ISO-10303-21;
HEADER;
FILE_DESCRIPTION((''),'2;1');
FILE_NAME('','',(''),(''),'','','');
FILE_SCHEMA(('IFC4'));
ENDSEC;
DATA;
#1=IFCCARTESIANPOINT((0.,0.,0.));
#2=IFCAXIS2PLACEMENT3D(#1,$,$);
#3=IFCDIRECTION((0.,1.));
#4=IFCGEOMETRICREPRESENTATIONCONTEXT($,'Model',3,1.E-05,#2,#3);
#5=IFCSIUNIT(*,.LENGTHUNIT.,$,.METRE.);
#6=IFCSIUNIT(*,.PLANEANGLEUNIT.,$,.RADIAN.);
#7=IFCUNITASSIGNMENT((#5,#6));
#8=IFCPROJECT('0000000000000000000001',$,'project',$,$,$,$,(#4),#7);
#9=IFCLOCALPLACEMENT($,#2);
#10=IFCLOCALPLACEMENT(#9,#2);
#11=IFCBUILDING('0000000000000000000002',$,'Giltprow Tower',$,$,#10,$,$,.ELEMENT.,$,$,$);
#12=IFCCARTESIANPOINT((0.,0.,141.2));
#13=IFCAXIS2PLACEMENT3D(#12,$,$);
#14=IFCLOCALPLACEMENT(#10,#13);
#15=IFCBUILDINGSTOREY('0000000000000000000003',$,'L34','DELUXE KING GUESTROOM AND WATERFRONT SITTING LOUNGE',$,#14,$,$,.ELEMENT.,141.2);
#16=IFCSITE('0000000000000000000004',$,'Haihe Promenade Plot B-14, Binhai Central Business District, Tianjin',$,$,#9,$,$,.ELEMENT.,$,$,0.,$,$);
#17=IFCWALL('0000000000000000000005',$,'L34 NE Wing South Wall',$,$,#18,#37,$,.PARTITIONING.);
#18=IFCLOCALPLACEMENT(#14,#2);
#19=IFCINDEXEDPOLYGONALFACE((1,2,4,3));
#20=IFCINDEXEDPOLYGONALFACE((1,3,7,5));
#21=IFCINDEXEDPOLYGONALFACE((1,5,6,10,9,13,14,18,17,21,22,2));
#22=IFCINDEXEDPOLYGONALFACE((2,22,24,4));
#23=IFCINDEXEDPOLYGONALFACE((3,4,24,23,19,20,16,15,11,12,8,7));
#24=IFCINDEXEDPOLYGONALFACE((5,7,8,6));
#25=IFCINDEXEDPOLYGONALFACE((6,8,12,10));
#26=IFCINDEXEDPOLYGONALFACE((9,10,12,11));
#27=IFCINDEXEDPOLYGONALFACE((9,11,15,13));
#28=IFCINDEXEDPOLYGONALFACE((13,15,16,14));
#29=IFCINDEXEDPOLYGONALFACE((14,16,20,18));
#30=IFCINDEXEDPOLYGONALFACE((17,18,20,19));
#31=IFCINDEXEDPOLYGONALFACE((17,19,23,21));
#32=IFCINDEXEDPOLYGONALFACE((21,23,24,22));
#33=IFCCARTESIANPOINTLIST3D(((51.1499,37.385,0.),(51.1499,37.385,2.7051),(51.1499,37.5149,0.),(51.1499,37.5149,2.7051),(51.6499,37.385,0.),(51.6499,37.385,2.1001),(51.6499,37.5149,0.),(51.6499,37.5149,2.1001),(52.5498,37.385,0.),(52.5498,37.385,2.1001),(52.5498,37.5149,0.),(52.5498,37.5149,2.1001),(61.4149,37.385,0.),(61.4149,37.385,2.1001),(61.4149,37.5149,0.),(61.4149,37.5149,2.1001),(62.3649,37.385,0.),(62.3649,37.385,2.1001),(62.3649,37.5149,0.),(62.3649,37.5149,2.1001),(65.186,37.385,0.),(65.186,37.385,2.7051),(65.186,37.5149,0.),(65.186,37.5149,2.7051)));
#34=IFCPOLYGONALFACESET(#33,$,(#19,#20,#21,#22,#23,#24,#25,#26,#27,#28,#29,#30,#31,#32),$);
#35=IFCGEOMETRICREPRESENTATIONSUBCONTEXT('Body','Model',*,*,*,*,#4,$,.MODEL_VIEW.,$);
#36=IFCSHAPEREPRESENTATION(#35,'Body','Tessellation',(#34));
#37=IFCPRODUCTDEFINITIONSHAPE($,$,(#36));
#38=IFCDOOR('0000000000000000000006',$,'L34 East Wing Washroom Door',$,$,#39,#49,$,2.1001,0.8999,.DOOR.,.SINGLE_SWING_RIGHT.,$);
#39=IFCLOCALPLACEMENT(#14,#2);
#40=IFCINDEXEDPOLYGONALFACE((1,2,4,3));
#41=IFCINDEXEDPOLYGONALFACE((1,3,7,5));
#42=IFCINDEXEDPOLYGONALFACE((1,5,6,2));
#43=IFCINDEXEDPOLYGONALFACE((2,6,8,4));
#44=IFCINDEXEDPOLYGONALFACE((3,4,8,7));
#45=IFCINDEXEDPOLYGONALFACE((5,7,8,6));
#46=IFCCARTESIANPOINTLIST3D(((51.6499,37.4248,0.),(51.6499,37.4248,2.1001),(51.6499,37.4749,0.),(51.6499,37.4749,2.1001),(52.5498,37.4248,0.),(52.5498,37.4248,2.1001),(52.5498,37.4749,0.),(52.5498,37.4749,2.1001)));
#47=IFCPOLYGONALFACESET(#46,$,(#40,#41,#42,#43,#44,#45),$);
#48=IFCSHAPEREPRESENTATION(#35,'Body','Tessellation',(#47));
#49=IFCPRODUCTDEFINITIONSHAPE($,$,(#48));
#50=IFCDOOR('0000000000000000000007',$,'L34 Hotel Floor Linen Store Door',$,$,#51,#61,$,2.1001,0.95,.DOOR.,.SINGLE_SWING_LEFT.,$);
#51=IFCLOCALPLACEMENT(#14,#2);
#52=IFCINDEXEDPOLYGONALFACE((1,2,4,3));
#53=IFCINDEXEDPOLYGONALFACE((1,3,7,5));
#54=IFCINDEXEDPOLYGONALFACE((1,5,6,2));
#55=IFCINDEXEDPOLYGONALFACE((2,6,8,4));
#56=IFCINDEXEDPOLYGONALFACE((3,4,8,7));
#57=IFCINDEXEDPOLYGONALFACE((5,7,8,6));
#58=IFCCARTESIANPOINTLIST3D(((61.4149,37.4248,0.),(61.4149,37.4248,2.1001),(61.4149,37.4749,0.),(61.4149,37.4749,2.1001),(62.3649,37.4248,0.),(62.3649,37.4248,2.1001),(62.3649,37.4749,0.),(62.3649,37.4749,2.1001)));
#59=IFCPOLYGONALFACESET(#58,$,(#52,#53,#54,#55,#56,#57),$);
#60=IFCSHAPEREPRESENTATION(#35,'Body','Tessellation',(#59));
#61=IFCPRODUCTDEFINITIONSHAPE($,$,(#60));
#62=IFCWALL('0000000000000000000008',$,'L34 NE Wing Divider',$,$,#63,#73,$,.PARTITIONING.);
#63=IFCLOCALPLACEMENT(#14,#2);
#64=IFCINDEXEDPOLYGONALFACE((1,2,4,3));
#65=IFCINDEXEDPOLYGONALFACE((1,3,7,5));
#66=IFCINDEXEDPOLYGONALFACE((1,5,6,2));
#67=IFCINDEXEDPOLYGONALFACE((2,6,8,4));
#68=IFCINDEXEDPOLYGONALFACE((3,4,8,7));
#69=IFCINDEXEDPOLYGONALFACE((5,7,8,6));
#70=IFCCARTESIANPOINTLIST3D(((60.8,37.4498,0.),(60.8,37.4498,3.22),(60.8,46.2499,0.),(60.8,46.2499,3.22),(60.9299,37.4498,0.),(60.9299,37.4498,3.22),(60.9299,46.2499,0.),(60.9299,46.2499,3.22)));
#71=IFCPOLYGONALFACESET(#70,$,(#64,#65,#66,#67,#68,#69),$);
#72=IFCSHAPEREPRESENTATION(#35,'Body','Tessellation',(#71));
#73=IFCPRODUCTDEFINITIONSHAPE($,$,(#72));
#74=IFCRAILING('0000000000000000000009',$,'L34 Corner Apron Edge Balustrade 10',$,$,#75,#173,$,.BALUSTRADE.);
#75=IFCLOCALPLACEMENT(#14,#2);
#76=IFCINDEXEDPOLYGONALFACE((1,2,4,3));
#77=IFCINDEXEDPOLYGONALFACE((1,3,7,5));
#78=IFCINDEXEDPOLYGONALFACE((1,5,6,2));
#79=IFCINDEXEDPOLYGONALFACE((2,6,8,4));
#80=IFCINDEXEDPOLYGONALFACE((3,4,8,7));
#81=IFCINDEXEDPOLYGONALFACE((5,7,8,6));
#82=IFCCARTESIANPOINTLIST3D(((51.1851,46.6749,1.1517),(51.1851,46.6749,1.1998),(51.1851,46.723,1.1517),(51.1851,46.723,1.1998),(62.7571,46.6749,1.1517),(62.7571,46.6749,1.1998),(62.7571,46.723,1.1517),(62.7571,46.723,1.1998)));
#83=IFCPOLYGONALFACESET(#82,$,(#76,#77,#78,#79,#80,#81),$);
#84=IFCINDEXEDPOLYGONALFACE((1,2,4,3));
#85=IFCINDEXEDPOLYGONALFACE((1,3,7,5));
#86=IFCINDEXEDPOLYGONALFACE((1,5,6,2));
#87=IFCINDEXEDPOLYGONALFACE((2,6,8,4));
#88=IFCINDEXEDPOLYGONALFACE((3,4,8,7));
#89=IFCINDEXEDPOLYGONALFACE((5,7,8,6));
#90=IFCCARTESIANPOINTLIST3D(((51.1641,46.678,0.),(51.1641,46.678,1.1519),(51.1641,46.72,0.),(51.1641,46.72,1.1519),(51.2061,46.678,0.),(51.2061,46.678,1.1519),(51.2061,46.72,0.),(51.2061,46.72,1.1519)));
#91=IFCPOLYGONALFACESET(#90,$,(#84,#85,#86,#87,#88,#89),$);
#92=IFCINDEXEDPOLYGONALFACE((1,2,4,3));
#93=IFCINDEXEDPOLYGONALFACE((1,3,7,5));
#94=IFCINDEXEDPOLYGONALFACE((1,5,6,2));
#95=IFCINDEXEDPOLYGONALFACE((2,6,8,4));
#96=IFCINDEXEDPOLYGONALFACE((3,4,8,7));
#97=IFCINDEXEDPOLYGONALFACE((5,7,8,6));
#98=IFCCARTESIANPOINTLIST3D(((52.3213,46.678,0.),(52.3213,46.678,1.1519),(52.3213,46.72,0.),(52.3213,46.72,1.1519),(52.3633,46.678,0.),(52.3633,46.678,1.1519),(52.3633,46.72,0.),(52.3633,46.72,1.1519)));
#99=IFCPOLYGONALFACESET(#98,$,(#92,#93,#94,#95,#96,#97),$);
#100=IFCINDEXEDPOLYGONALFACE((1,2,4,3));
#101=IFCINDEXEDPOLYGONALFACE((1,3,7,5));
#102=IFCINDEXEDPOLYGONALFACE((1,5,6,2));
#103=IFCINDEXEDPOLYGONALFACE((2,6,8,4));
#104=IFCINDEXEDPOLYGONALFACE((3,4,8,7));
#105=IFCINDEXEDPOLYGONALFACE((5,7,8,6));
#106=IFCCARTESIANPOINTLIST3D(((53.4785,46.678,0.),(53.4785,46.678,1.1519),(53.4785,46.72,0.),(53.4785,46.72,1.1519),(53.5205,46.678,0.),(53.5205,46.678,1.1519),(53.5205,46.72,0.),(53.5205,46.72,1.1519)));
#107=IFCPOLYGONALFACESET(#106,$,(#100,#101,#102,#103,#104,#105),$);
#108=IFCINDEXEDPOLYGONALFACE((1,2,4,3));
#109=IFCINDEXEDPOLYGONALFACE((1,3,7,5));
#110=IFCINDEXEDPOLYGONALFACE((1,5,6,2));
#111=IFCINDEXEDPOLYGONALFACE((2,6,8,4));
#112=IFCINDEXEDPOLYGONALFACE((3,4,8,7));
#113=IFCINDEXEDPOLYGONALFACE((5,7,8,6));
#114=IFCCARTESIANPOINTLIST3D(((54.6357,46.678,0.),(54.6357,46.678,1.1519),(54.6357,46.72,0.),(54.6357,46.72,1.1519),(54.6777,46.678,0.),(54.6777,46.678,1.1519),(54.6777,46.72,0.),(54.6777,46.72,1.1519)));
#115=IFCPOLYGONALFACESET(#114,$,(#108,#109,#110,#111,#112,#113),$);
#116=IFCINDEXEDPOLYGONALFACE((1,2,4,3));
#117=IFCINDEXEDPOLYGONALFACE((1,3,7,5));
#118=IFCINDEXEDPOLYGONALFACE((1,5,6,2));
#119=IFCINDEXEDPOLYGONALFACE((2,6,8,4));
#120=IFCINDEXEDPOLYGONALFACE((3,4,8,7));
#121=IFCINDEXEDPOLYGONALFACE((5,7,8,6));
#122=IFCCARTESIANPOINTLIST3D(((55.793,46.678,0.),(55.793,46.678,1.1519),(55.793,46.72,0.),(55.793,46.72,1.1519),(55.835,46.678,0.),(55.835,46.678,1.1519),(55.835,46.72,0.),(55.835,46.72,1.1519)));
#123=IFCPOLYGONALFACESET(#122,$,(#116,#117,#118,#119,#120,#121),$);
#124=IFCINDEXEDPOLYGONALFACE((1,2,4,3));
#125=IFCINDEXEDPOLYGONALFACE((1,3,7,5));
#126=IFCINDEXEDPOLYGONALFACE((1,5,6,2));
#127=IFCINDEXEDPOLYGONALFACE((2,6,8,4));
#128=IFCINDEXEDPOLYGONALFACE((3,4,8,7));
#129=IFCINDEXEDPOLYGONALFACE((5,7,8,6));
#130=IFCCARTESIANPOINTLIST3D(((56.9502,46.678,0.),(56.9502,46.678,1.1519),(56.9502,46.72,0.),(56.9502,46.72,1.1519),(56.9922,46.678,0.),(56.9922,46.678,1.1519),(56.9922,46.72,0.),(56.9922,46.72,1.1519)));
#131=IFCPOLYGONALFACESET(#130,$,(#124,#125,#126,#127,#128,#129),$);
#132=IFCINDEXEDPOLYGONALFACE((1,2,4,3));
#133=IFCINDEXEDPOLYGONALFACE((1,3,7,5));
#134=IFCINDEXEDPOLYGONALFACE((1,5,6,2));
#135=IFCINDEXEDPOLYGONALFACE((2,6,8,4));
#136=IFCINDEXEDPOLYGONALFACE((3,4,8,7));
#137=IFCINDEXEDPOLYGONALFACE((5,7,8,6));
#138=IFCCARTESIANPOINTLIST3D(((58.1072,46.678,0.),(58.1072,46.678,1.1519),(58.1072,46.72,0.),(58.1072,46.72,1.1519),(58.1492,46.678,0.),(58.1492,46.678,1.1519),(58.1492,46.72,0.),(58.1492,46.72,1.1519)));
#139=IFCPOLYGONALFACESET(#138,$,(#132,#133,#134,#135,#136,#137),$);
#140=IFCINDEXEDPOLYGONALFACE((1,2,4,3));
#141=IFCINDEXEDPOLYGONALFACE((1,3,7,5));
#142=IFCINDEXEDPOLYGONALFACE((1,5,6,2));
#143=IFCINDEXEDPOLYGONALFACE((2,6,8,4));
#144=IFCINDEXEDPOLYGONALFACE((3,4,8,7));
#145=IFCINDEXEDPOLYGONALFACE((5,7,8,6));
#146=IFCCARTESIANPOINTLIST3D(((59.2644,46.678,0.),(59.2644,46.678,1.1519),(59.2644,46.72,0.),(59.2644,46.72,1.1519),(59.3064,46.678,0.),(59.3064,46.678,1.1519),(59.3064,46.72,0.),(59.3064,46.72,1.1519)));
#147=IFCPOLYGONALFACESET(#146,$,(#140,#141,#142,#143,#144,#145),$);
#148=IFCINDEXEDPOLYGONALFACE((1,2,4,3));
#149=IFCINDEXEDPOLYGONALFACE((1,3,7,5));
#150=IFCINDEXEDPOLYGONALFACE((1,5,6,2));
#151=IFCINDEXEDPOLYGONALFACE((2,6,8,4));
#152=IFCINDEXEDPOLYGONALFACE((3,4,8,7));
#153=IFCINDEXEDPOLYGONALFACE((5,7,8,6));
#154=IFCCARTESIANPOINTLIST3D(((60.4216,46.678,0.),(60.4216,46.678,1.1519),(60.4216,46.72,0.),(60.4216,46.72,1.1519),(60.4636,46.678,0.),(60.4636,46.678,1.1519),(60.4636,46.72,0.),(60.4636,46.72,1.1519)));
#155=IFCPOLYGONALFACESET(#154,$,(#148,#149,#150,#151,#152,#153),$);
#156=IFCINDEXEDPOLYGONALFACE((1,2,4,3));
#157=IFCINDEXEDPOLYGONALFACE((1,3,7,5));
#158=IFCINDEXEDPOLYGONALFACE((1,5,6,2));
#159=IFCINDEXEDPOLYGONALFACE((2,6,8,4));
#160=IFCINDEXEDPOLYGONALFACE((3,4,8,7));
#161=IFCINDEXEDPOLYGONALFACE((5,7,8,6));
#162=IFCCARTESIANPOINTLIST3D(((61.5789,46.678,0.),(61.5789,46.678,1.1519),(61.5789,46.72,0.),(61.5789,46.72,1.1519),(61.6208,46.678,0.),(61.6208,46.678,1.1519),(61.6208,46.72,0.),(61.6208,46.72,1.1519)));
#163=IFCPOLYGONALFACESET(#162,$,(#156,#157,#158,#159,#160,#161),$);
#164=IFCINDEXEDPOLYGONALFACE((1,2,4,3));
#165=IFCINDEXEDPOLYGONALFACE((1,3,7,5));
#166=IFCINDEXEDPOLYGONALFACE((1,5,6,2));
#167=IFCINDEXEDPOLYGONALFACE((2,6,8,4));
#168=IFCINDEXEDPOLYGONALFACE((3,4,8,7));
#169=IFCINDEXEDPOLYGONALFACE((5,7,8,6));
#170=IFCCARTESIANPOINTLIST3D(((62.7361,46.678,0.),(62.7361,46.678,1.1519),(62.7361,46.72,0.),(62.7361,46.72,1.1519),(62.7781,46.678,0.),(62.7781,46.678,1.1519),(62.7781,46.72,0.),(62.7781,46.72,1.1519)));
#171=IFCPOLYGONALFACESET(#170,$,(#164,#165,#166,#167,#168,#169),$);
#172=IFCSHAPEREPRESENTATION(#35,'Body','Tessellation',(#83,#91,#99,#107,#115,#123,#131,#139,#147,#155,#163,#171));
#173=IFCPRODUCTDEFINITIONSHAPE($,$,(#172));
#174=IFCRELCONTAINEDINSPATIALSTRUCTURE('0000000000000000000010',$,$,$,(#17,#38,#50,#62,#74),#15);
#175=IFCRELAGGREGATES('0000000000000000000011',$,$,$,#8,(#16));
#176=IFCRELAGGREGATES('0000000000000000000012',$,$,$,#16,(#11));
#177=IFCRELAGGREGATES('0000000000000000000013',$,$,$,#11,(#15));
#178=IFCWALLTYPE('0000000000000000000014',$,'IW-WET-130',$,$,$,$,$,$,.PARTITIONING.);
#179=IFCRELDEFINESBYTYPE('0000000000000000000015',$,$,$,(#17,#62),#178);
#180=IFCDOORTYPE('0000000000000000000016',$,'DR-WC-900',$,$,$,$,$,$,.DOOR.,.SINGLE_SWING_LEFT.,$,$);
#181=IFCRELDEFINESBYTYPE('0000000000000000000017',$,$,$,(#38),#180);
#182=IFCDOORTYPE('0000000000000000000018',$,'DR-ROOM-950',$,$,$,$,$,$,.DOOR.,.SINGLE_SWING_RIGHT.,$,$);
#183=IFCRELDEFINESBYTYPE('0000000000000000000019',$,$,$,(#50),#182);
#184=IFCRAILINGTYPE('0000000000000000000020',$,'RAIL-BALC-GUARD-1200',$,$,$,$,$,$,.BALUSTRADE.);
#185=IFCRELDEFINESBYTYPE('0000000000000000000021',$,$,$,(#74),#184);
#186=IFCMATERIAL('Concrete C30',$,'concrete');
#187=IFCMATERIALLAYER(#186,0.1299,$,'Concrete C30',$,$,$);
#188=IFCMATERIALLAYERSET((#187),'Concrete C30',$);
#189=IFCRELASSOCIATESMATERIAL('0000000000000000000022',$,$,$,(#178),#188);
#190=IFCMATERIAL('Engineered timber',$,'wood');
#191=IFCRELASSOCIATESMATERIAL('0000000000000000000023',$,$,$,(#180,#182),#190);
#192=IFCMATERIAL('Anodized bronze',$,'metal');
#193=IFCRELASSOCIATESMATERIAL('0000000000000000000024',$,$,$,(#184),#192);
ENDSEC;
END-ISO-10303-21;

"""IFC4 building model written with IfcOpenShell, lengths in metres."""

from ifc_helpers import new_model, si_unit, direction, frame, frame_2d, origin, origin_2d, place, context, subcontext, project, spatial, rectangle, extrude, source, transform, mapped, material, layer, layer_set, type_object, element, fill, save


model = new_model("IFC4")

# Units and contexts
model_context = context("Model", 3, precision=1e-05, world=origin(), true_north=direction((0.0, 1.0)))
body_context = subcontext(model_context, "Body", "Model", "MODEL_VIEW")
ifc_project = project(units=[si_unit("LENGTHUNIT", "METRE"), si_unit("PLANEANGLEUNIT", "RADIAN")], contexts=[model_context])

# Site, building, storey
site_placement = place(None, origin())
site = spatial("IfcSite", under=ifc_project, at=site_placement, Name="Haihe Promenade Plot B-14, Binhai Central Business District, Tianjin", CompositionType="ELEMENT", RefElevation=0.0)
building_placement = place(site_placement, origin())
building = spatial("IfcBuilding", under=site, at=building_placement, Name="Giltprow Tower", CompositionType="ELEMENT")
storey_placement = place(building_placement, frame((0.0, 0.0, 141.2)))
storey = spatial("IfcBuildingStorey", under=building, at=storey_placement, Name="L34", Description="DELUXE KING GUESTROOM AND WATERFRONT SITTING LOUNGE", CompositionType="ELEMENT", Elevation=141.2)

# Wall, openings, doors
ifc_material_1 = material(Name="Concrete C30", Category="concrete")
ifc_layer_1 = layer(ifc_material_1, 0.1299, Name="Concrete C30")
ifc_layer_set_1 = layer_set([ifc_layer_1], Name="Concrete C30")
wall_type_1 = type_object("IfcWallType", Name="IW-WET-130", PredefinedType="PARTITIONING", material=ifc_layer_set_1)
wall_1_placement = place(storey_placement, frame((51.1499, 37.45, 0.0), z_axis=(0.0, 0.0, 1.0), x_axis=(1.0, 0.0, 0.0)))
wall_1 = element("IfcWall", 1, at=wall_1_placement, inside=storey, type_object=wall_type_1, Name="L34 NE Wing South Wall", PredefinedType="PARTITIONING", context=body_context, shape_type="SweptSolid", body=[
    extrude(rectangle(XDim=14.0361, YDim=0.1299, at=frame_2d((7.0181, 0.0))), origin(), (0.0, 0.0, 1.0), 2.7051),
])
opening_1_placement = place(wall_1_placement, frame((0.5, 0.0, 0.0)))
opening_1 = element("IfcOpeningElement", 2, at=opening_1_placement, cuts=wall_1, PredefinedType="OPENING", context=body_context, shape_type="SweptSolid", body=[
    extrude(rectangle(XDim=0.8999, YDim=2.1001, at=frame_2d((0.45, 1.05))), frame((0.0, 0.075, 0.0), z_axis=(0.0, -1.0, 0.0), x_axis=(1.0, 0.0, 0.0)), (0.0, 0.0, 1.0), 0.1499),
])
opening_2_placement = place(wall_1_placement, frame((10.2649, 0.0, 0.0)))
opening_2 = element("IfcOpeningElement", 3, at=opening_2_placement, cuts=wall_1, PredefinedType="OPENING", context=body_context, shape_type="SweptSolid", body=[
    extrude(rectangle(XDim=0.95, YDim=2.1001, at=frame_2d((0.4751, 1.05))), frame((0.0, 0.075, 0.0), z_axis=(0.0, -1.0, 0.0), x_axis=(1.0, 0.0, 0.0)), (0.0, 0.0, 1.0), 0.1499),
])
ifc_material_2 = material(Name="Engineered timber", Category="wood")
door_type_1 = type_object("IfcDoorType", Name="DR-WC-900", OperationType="SINGLE_SWING_LEFT", PredefinedType="DOOR", material=ifc_material_2)
shared_shape_1 = source(origin(), body_context, "Body", "SweptSolid", [
    extrude(rectangle(XDim=0.8999, YDim=2.1001, at=frame_2d((0.45, 1.05))), frame((0.0, 0.0249, 0.0), z_axis=(0.0, -1.0, 0.0), x_axis=(1.0, 0.0, 0.0)), (0.0, 0.0, 1.0), 0.05),
])
door_1_placement = place(opening_1_placement, origin())
door_1 = element("IfcDoor", 4, at=door_1_placement, inside=storey, type_object=door_type_1, Name="L34 East Wing Washroom Door", OperationType="SINGLE_SWING_RIGHT", OverallHeight=2.1001, OverallWidth=0.8999, PredefinedType="DOOR", context=body_context, shape_type="MappedRepresentation", body=[
    mapped(shared_shape_1, transform((0.0, 0.0, 0.0), x_axis=(1.0, 0.0, 0.0), y_axis=(0.0, 1.0, 0.0), z_axis=(0.0, 0.0, 1.0), scale=1.0)),
])
fill(opening_1, door_1)
door_type_2 = type_object("IfcDoorType", Name="DR-ROOM-950", OperationType="SINGLE_SWING_RIGHT", PredefinedType="DOOR", material=ifc_material_2)
shared_shape_2 = source(origin(), body_context, "Body", "SweptSolid", [
    extrude(rectangle(XDim=0.95, YDim=2.1001, at=frame_2d((0.4751, 1.05))), frame((0.0, 0.0249, 0.0), z_axis=(0.0, -1.0, 0.0), x_axis=(1.0, 0.0, 0.0)), (0.0, 0.0, 1.0), 0.05),
])
door_2_placement = place(opening_2_placement, origin())
door_2 = element("IfcDoor", 5, at=door_2_placement, inside=storey, type_object=door_type_2, Name="L34 Hotel Floor Linen Store Door", OperationType="SINGLE_SWING_LEFT", OverallHeight=2.1001, OverallWidth=0.95, PredefinedType="DOOR", context=body_context, shape_type="MappedRepresentation", body=[
    mapped(shared_shape_2, transform((0.0, 0.0, 0.0), x_axis=(1.0, 0.0, 0.0), y_axis=(0.0, 1.0, 0.0), z_axis=(0.0, 0.0, 1.0), scale=1.0)),
])
fill(opening_2, door_2)

# Wall
wall_2_placement = place(storey_placement, frame((60.865, 37.45, 0.0), z_axis=(0.0, 0.0, 1.0), x_axis=(0.0, 1.0, 0.0)))
element("IfcWall", 6, at=wall_2_placement, inside=storey, type_object=wall_type_1, Name="L34 NE Wing Divider", PredefinedType="PARTITIONING", context=body_context, shape_type="SweptSolid", body=[
    extrude(rectangle(XDim=8.8, YDim=0.1299, at=frame_2d((4.3999, 0.0))), origin(), (0.0, 0.0, 1.0), 3.22),
])

# Railing
ifc_material_3 = material(Name="Anodized bronze", Category="metal")
railing_type = type_object("IfcRailingType", Name="RAIL-BALC-GUARD-1200", PredefinedType="BALUSTRADE", material=ifc_material_3)
railing_1_placement = place(storey_placement, frame((51.1851, 46.699, 0.0)))
element("IfcRailing", 7, at=railing_1_placement, inside=storey, type_object=railing_type, Name="L34 Corner Apron Edge Balustrade 10", PredefinedType="BALUSTRADE", context=body_context, shape_type="SweptSolid", body=[
    extrude(rectangle(XDim=0.0481, YDim=0.0481, at=origin_2d()), frame((0.0, 0.0, 1.1758), z_axis=(1.0, 0.0, 0.0), x_axis=(0.0, 1.0, 0.0)), (0.0, 0.0, 1.0), 11.572),
    extrude(rectangle(XDim=0.042, YDim=0.042, at=origin_2d()), origin(), (0.0, 0.0, 1.0), 1.1519),
    extrude(rectangle(XDim=0.042, YDim=0.042, at=origin_2d()), frame((1.1572, 0.0, 0.0)), (0.0, 0.0, 1.0), 1.1519),
    extrude(rectangle(XDim=0.042, YDim=0.042, at=origin_2d()), frame((2.3145, 0.0, 0.0)), (0.0, 0.0, 1.0), 1.1519),
    extrude(rectangle(XDim=0.042, YDim=0.042, at=origin_2d()), frame((3.4717, 0.0, 0.0)), (0.0, 0.0, 1.0), 1.1519),
    extrude(rectangle(XDim=0.042, YDim=0.042, at=origin_2d()), frame((4.6289, 0.0, 0.0)), (0.0, 0.0, 1.0), 1.1519),
    extrude(rectangle(XDim=0.042, YDim=0.042, at=origin_2d()), frame((5.7861, 0.0, 0.0)), (0.0, 0.0, 1.0), 1.1519),
    extrude(rectangle(XDim=0.042, YDim=0.042, at=origin_2d()), frame((6.9431, 0.0, 0.0)), (0.0, 0.0, 1.0), 1.1519),
    extrude(rectangle(XDim=0.042, YDim=0.042, at=origin_2d()), frame((8.1003, 0.0, 0.0)), (0.0, 0.0, 1.0), 1.1519),
    extrude(rectangle(XDim=0.042, YDim=0.042, at=origin_2d()), frame((9.2576, 0.0, 0.0)), (0.0, 0.0, 1.0), 1.1519),
    extrude(rectangle(XDim=0.042, YDim=0.042, at=origin_2d()), frame((10.4148, 0.0, 0.0)), (0.0, 0.0, 1.0), 1.1519),
    extrude(rectangle(XDim=0.042, YDim=0.042, at=origin_2d()), frame((11.572, 0.0, 0.0)), (0.0, 0.0, 1.0), 1.1519),
])

save(model, "model.ifc")
